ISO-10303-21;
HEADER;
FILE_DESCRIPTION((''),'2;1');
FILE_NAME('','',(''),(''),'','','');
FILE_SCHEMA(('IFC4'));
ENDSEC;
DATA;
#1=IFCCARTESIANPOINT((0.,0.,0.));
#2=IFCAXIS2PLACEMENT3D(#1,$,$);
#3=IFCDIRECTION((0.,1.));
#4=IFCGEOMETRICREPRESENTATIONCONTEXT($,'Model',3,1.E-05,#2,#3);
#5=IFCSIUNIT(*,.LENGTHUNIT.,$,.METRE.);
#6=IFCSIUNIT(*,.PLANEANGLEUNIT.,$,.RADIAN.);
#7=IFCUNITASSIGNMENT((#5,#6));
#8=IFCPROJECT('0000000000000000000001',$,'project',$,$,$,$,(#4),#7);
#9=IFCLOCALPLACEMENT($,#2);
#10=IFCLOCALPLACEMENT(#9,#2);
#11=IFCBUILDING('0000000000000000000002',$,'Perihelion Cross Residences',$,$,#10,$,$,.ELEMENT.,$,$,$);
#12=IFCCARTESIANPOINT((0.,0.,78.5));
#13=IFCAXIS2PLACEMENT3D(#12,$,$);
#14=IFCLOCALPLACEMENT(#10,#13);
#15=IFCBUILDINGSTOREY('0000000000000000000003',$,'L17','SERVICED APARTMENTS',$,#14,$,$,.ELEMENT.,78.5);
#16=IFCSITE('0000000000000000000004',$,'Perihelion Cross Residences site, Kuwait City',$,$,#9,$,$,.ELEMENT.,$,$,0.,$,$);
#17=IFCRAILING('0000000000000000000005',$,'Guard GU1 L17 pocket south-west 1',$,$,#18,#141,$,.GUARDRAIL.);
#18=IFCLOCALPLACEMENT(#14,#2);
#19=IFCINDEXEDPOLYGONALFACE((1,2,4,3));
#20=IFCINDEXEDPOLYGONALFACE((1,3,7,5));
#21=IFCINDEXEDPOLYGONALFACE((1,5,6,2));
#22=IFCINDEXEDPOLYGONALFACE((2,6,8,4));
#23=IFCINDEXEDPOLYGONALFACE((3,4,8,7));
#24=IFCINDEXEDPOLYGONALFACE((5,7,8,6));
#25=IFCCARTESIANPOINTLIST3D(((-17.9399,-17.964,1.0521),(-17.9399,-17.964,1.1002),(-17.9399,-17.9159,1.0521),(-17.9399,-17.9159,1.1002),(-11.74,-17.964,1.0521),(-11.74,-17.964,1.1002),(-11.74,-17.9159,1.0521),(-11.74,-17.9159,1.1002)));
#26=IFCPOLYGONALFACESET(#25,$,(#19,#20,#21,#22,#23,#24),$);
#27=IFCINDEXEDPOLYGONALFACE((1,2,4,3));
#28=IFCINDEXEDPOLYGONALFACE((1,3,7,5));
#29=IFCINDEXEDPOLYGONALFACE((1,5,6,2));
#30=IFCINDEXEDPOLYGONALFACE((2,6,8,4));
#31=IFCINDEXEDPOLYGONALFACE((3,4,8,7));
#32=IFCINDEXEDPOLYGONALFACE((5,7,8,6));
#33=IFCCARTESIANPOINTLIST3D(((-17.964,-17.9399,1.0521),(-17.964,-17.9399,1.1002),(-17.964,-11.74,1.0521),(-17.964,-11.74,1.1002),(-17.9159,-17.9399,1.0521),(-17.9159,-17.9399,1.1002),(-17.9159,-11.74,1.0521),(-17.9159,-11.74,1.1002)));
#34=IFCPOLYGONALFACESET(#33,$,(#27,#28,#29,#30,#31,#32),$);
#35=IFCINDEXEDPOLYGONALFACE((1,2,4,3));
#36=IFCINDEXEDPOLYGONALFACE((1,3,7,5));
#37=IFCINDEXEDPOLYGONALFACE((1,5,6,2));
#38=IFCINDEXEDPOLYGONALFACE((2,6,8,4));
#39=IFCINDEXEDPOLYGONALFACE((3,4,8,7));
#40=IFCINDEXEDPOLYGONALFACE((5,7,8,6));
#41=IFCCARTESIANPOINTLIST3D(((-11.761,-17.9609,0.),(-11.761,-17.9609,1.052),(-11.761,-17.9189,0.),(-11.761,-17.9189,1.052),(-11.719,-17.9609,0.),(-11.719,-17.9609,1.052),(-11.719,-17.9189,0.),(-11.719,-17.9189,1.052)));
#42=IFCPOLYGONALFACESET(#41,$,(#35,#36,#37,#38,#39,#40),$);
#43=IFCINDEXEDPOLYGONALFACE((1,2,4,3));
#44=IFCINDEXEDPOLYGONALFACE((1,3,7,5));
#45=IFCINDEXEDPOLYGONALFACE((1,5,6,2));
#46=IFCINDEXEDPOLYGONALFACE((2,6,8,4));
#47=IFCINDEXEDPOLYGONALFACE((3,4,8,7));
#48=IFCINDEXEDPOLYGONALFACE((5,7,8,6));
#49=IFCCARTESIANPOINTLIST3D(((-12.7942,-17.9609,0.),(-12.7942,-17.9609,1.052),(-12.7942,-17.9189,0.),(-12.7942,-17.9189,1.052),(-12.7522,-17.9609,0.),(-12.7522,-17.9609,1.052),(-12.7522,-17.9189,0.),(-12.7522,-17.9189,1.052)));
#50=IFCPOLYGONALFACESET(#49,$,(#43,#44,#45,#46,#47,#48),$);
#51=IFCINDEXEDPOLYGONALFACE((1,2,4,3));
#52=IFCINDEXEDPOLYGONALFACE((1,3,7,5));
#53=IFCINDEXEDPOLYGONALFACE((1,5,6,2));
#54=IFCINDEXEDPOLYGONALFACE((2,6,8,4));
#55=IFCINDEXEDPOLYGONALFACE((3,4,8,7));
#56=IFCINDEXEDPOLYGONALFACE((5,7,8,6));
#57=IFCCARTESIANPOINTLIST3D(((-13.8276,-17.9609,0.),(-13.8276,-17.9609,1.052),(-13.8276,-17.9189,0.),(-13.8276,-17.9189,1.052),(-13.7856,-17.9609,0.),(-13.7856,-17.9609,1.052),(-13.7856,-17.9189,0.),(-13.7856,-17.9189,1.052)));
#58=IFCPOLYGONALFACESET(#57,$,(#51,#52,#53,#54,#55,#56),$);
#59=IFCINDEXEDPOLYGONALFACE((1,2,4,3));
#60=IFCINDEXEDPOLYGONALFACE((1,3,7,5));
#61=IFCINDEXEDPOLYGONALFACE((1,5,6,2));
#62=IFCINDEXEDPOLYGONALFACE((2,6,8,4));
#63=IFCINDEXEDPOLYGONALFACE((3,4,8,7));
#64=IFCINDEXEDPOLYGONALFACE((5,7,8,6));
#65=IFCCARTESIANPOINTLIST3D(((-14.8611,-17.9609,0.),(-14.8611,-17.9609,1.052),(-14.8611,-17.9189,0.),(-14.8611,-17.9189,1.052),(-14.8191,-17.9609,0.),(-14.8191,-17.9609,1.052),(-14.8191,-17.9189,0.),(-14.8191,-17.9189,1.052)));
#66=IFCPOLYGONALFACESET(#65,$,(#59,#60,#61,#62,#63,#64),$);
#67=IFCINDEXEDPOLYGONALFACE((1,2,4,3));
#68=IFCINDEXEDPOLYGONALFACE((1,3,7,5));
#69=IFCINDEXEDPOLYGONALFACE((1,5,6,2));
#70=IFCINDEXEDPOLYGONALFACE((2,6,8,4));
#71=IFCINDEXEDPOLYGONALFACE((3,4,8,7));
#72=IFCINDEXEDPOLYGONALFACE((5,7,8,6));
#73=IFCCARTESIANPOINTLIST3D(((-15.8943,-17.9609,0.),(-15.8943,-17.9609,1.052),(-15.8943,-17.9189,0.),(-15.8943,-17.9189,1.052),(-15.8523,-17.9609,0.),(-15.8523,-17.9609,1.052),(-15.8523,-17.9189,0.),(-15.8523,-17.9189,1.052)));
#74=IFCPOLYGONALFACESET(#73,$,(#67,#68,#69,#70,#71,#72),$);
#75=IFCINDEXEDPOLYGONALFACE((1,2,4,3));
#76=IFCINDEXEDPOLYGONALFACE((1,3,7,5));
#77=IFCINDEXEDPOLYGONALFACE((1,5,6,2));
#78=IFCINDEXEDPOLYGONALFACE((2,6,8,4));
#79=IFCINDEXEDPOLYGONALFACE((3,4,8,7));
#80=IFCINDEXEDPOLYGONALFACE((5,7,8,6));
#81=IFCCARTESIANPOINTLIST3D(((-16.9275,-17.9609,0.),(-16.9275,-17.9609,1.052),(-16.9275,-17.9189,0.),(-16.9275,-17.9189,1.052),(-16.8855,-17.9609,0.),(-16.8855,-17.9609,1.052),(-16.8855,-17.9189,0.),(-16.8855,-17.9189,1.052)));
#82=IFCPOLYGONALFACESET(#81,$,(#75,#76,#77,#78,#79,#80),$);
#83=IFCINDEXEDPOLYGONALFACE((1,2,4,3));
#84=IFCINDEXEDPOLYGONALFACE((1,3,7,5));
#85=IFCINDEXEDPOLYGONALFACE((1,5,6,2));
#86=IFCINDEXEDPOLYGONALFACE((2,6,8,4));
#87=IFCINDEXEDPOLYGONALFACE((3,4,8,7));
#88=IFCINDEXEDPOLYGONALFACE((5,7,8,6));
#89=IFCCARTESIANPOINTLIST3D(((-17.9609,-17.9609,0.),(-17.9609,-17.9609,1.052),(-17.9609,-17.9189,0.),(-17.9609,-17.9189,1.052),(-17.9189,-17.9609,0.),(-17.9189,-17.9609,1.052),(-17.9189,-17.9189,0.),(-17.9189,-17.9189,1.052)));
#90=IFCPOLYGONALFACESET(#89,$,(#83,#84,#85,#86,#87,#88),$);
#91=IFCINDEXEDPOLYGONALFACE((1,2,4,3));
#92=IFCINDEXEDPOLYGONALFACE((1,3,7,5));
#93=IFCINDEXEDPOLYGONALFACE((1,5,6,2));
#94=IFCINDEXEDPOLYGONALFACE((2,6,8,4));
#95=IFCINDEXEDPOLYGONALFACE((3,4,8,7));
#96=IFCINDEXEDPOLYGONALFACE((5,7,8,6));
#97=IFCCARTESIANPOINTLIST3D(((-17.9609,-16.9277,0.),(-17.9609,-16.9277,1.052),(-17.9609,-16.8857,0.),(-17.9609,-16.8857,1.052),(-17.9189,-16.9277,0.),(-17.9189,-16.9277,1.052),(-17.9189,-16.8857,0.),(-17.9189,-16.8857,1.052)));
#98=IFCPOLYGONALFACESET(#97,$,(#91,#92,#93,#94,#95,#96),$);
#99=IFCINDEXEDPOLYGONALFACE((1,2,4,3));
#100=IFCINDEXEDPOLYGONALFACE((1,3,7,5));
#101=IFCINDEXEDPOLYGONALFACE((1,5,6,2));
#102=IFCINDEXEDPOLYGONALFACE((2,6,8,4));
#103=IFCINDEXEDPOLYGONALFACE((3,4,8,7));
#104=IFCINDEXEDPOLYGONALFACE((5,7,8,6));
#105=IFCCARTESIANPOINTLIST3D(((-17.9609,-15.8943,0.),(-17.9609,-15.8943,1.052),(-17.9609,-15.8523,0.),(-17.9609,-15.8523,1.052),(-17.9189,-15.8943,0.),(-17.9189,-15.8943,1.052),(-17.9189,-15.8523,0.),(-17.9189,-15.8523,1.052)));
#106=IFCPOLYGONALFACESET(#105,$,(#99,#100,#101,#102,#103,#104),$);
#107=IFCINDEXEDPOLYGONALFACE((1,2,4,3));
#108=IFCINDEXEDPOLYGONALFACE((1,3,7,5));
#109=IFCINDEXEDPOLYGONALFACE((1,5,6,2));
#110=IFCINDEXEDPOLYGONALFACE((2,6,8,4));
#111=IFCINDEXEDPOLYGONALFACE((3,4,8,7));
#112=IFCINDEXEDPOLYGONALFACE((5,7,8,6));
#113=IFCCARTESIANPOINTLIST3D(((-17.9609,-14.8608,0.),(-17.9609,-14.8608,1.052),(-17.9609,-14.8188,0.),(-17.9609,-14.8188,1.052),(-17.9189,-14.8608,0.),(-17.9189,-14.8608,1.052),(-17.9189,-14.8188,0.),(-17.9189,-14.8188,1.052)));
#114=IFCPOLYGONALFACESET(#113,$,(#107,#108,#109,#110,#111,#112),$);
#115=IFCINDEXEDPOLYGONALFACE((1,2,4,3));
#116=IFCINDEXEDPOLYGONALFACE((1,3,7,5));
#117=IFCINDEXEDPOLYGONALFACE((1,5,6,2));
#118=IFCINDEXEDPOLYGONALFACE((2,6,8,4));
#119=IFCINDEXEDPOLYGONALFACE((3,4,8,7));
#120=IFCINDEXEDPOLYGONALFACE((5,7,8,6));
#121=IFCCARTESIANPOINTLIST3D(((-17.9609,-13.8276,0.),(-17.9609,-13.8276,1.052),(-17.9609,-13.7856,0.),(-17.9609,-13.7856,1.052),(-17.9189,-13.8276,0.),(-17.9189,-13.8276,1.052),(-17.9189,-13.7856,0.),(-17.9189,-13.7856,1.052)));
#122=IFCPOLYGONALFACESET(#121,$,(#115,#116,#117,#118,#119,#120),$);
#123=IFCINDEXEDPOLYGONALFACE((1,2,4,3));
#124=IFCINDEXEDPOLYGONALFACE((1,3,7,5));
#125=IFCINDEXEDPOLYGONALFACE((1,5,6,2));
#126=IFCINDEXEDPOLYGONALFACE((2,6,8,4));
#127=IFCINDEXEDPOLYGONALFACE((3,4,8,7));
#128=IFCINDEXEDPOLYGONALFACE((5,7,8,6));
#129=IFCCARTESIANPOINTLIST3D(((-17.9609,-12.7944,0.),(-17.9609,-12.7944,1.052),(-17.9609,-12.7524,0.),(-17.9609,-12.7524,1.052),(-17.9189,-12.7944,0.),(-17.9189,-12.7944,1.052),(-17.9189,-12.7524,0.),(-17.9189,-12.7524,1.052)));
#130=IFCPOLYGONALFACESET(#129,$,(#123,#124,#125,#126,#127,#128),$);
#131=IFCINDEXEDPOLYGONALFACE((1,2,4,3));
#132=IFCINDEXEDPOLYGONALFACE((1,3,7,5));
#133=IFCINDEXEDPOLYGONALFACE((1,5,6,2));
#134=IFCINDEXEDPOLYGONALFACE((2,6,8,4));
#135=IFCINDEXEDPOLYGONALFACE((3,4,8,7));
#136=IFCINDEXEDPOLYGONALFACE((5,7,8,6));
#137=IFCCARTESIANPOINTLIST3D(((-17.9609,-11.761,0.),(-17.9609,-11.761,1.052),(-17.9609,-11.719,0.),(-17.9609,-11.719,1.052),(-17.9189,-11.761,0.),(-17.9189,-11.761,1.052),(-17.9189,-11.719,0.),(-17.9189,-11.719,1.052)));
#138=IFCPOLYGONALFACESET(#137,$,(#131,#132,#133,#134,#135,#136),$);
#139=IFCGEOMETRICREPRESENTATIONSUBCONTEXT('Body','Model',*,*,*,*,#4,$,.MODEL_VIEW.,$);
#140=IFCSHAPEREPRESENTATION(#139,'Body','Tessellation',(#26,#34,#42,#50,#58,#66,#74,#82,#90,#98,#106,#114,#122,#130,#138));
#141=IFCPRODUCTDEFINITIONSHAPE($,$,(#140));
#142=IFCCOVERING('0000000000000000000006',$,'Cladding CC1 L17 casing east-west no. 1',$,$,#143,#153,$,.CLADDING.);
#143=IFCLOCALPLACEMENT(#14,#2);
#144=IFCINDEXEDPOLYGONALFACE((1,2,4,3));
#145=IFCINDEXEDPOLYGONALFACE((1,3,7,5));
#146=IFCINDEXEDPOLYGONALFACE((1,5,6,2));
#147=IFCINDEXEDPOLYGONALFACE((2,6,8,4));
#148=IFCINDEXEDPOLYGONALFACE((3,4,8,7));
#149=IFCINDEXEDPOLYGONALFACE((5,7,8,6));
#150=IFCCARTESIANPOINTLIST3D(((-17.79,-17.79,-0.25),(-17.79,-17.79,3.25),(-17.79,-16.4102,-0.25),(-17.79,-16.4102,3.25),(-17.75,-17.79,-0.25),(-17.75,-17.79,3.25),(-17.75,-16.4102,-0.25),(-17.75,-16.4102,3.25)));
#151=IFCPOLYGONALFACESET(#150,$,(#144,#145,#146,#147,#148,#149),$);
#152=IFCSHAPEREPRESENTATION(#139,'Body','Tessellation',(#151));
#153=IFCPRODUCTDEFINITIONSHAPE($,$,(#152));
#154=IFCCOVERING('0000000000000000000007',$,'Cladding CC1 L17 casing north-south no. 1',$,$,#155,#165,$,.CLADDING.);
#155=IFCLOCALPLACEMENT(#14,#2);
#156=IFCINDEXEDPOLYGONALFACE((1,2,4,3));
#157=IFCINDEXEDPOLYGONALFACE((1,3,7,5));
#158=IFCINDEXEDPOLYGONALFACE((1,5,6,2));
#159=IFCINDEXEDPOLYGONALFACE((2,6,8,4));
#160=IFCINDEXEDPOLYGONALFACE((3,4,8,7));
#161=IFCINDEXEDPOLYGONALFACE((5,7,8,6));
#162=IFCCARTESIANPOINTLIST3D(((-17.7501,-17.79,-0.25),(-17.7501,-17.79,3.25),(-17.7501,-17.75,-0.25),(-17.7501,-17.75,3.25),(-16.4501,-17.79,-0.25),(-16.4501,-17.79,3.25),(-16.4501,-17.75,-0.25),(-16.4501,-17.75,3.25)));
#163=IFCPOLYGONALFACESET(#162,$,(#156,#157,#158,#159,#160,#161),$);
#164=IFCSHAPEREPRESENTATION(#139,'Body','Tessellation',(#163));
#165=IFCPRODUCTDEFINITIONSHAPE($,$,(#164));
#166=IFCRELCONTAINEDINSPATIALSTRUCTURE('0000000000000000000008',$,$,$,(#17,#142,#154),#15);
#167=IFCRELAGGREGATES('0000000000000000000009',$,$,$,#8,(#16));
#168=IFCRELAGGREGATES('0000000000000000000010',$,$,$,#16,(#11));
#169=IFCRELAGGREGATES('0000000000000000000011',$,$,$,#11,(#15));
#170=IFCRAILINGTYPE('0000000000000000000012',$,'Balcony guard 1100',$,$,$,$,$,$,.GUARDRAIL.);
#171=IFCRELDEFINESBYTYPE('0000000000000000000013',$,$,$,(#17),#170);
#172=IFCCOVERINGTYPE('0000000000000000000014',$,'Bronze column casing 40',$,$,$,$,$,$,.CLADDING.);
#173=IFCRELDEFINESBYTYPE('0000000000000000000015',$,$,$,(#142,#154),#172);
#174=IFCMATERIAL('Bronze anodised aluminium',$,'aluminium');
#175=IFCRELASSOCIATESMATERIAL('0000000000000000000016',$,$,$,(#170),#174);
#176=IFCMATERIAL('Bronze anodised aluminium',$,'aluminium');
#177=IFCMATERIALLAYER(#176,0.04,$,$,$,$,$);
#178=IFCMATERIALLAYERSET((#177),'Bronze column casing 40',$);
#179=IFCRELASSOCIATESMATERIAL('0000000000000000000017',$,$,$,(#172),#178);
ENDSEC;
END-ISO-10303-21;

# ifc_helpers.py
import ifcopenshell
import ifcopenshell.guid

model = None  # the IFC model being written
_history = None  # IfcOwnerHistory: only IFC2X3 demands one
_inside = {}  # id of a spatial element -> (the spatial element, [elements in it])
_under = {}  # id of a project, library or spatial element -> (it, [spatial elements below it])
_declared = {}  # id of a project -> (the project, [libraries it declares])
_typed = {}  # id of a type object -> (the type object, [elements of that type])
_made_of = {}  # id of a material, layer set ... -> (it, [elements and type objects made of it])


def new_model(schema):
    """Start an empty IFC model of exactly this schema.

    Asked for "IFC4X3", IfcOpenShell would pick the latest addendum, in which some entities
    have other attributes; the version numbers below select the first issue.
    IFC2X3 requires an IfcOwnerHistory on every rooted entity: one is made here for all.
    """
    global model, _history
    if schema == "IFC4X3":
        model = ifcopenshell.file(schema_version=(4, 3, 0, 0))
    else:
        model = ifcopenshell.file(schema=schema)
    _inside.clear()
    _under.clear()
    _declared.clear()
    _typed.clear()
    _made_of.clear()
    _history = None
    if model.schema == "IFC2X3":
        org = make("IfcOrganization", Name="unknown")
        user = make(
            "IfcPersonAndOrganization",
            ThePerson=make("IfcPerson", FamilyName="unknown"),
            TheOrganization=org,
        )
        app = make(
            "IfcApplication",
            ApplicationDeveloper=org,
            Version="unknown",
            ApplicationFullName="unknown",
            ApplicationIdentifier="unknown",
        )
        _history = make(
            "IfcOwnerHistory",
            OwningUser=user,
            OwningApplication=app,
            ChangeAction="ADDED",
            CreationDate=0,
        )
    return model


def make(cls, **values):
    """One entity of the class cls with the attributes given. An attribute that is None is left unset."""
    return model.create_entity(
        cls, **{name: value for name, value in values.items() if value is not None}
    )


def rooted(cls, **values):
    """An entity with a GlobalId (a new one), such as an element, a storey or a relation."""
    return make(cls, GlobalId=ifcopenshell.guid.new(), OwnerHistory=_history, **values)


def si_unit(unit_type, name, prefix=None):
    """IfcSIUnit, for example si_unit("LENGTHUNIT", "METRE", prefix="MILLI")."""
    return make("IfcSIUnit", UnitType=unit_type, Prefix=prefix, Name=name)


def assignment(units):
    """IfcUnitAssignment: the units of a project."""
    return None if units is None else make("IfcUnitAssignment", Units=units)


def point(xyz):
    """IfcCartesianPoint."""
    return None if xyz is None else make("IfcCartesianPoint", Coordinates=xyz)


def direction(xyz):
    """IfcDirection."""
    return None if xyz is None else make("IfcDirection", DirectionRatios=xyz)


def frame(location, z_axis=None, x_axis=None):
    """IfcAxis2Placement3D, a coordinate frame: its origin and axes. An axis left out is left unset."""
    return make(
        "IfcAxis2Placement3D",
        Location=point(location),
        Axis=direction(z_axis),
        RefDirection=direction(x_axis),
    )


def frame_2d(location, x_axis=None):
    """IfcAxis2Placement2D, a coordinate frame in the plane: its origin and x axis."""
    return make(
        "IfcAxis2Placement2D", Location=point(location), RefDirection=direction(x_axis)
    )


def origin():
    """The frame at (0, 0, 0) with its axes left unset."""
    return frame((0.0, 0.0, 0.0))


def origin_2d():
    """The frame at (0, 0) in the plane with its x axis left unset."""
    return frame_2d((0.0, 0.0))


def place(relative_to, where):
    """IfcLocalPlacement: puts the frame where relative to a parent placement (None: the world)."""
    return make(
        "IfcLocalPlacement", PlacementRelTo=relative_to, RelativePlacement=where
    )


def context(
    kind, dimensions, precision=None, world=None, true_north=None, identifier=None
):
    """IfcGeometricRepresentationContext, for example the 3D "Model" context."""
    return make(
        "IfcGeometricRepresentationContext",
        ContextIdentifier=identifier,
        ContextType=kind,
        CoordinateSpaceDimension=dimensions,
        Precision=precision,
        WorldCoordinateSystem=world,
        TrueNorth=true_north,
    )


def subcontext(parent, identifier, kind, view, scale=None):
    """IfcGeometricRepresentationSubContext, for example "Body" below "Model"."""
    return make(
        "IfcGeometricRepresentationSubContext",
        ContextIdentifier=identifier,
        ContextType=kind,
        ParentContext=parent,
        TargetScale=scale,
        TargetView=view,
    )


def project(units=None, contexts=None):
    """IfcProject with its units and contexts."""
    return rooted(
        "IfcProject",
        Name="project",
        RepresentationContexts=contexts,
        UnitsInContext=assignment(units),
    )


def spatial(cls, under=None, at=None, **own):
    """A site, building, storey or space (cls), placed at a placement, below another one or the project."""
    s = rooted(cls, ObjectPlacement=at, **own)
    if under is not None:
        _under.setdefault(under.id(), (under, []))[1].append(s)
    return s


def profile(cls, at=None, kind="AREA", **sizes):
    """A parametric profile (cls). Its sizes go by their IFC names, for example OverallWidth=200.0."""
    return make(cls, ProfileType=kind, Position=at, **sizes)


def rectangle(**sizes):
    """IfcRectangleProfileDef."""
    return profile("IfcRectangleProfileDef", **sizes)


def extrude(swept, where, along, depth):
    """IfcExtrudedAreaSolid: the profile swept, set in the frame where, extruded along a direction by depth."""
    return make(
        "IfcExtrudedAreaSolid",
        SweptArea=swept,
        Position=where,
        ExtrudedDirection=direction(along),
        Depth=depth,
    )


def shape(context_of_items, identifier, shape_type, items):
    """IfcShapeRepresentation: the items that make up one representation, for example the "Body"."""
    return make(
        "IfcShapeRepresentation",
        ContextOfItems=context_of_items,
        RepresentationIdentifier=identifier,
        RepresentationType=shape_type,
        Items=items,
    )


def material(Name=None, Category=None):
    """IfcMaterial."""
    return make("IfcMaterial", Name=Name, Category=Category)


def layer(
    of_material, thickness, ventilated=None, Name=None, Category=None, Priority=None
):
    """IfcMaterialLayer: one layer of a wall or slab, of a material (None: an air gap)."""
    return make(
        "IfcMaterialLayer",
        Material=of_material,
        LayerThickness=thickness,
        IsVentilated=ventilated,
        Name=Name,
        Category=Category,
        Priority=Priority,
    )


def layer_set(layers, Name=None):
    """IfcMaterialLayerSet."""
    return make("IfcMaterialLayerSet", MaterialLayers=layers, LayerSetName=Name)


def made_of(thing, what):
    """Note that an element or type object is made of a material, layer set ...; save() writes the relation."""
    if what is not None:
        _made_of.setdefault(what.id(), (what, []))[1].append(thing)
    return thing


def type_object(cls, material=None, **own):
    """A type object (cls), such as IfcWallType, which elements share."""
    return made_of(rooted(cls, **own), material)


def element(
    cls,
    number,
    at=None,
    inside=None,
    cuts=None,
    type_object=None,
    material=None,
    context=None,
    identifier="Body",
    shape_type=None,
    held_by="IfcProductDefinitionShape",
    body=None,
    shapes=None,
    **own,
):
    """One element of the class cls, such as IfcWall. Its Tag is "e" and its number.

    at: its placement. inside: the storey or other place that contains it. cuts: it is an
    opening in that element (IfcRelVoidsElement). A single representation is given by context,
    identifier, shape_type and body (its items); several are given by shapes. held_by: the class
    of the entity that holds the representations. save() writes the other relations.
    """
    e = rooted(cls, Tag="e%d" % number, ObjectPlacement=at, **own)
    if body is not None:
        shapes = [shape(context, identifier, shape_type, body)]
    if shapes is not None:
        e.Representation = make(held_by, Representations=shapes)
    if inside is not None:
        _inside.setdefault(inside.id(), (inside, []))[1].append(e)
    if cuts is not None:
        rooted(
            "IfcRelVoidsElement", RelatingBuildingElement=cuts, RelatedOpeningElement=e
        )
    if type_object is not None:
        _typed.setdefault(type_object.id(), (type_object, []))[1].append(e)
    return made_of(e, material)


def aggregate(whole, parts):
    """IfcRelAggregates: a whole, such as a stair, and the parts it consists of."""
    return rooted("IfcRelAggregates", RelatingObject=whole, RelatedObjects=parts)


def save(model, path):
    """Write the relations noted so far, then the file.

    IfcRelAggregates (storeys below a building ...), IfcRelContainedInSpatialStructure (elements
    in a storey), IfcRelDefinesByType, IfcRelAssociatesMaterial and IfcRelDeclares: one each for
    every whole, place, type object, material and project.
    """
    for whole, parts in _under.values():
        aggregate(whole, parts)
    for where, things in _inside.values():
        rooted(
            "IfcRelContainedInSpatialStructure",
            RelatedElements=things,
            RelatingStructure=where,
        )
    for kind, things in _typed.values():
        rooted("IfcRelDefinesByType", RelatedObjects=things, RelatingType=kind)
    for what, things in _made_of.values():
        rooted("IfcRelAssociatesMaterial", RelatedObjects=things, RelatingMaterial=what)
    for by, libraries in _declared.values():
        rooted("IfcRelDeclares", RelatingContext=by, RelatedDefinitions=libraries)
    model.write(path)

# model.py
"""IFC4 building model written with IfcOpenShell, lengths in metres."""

from ifc_helpers import new_model, si_unit, direction, frame, origin, origin_2d, place, context, subcontext, project, spatial, rectangle, extrude, material, layer, layer_set, type_object, element, save


model = new_model("IFC4")

# Units and contexts
model_context = context("Model", 3, precision=1e-05, world=origin(), true_north=direction((0.0, 1.0)))
body_context = subcontext(model_context, "Body", "Model", "MODEL_VIEW")
ifc_project = project(units=[si_unit("LENGTHUNIT", "METRE"), si_unit("PLANEANGLEUNIT", "RADIAN")], contexts=[model_context])

# Site, building, storey
site_placement = place(None, origin())
site = spatial("IfcSite", under=ifc_project, at=site_placement, Name="Perihelion Cross Residences site, Kuwait City", CompositionType="ELEMENT", RefElevation=0.0)
building_placement = place(site_placement, origin())
building = spatial("IfcBuilding", under=site, at=building_placement, Name="Perihelion Cross Residences", CompositionType="ELEMENT")
storey_placement = place(building_placement, frame((0.0, 0.0, 78.5)))
storey = spatial("IfcBuildingStorey", under=building, at=storey_placement, Name="L17", Description="SERVICED APARTMENTS", CompositionType="ELEMENT", Elevation=78.5)

# Railing
ifc_material_1 = material(Name="Bronze anodised aluminium", Category="aluminium")
railing_type = type_object("IfcRailingType", Name="Balcony guard 1100", PredefinedType="GUARDRAIL", material=ifc_material_1)
railing_1_placement = place(storey_placement, frame((-11.74, -17.9399, 0.0)))
element("IfcRailing", 1, at=railing_1_placement, inside=storey, type_object=railing_type, Name="Guard GU1 L17 pocket south-west 1", PredefinedType="GUARDRAIL", context=body_context, shape_type="SweptSolid", body=[
    extrude(rectangle(XDim=0.0481, YDim=0.0481, at=origin_2d()), frame((0.0, 0.0, 1.0762), z_axis=(-1.0, 0.0, 0.0), x_axis=(0.0, -1.0, 0.0)), (0.0, 0.0, 1.0), 6.2),
    extrude(rectangle(XDim=0.0481, YDim=0.0481, at=origin_2d()), frame((-6.2, 0.0, 1.0762), z_axis=(0.0, 1.0, 0.0), x_axis=(-1.0, 0.0, 0.0)), (0.0, 0.0, 1.0), 6.2),
    extrude(rectangle(XDim=0.042, YDim=0.042, at=origin_2d()), origin(), (0.0, 0.0, 1.0), 1.052),
    extrude(rectangle(XDim=0.042, YDim=0.042, at=origin_2d()), frame((-1.0332, 0.0, 0.0)), (0.0, 0.0, 1.0), 1.052),
    extrude(rectangle(XDim=0.042, YDim=0.042, at=origin_2d()), frame((-2.0667, 0.0, 0.0)), (0.0, 0.0, 1.0), 1.052),
    extrude(rectangle(XDim=0.042, YDim=0.042, at=origin_2d()), frame((-3.1001, 0.0, 0.0)), (0.0, 0.0, 1.0), 1.052),
    extrude(rectangle(XDim=0.042, YDim=0.042, at=origin_2d()), frame((-4.1333, 0.0, 0.0)), (0.0, 0.0, 1.0), 1.052),
    extrude(rectangle(XDim=0.042, YDim=0.042, at=origin_2d()), frame((-5.1665, 0.0, 0.0)), (0.0, 0.0, 1.0), 1.052),
    extrude(rectangle(XDim=0.042, YDim=0.042, at=origin_2d()), frame((-6.2, 0.0, 0.0)), (0.0, 0.0, 1.0), 1.052),
    extrude(rectangle(XDim=0.042, YDim=0.042, at=origin_2d()), frame((-6.2, 1.0332, 0.0)), (0.0, 0.0, 1.0), 1.052),
    extrude(rectangle(XDim=0.042, YDim=0.042, at=origin_2d()), frame((-6.2, 2.0667, 0.0)), (0.0, 0.0, 1.0), 1.052),
    extrude(rectangle(XDim=0.042, YDim=0.042, at=origin_2d()), frame((-6.2, 3.1001, 0.0)), (0.0, 0.0, 1.0), 1.052),
    extrude(rectangle(XDim=0.042, YDim=0.042, at=origin_2d()), frame((-6.2, 4.1333, 0.0)), (0.0, 0.0, 1.0), 1.052),
    extrude(rectangle(XDim=0.042, YDim=0.042, at=origin_2d()), frame((-6.2, 5.1665, 0.0)), (0.0, 0.0, 1.0), 1.052),
    extrude(rectangle(XDim=0.042, YDim=0.042, at=origin_2d()), frame((-6.2, 6.2, 0.0)), (0.0, 0.0, 1.0), 1.052),
])

# Coverings
ifc_material_2 = material(Name="Bronze anodised aluminium", Category="aluminium")
ifc_layer_1 = layer(ifc_material_2, 0.04)
ifc_layer_set_1 = layer_set([ifc_layer_1], Name="Bronze column casing 40")
covering_type = type_object("IfcCoveringType", Name="Bronze column casing 40", PredefinedType="CLADDING", material=ifc_layer_set_1)
covering_1_placement = place(storey_placement, frame((-17.77, -17.1001, -0.25), z_axis=(0.0, 0.0, 1.0), x_axis=(1.0, 0.0, 0.0)))
element("IfcCovering", 2, at=covering_1_placement, inside=storey, type_object=covering_type, Name="Cladding CC1 L17 casing east-west no. 1", PredefinedType="CLADDING", context=body_context, shape_type="SweptSolid", body=[
    extrude(rectangle(XDim=0.04, YDim=1.3799, at=origin_2d()), origin(), (0.0, 0.0, 1.0), 3.5),
])
covering_2_placement = place(storey_placement, frame((-17.1001, -17.77, -0.25), z_axis=(0.0, 0.0, 1.0), x_axis=(1.0, 0.0, 0.0)))
element("IfcCovering", 3, at=covering_2_placement, inside=storey, type_object=covering_type, Name="Cladding CC1 L17 casing north-south no. 1", PredefinedType="CLADDING", context=body_context, shape_type="SweptSolid", body=[
    extrude(rectangle(XDim=1.3, YDim=0.04, at=origin_2d()), origin(), (0.0, 0.0, 1.0), 3.5),
])

save(model, "model.ifc")
